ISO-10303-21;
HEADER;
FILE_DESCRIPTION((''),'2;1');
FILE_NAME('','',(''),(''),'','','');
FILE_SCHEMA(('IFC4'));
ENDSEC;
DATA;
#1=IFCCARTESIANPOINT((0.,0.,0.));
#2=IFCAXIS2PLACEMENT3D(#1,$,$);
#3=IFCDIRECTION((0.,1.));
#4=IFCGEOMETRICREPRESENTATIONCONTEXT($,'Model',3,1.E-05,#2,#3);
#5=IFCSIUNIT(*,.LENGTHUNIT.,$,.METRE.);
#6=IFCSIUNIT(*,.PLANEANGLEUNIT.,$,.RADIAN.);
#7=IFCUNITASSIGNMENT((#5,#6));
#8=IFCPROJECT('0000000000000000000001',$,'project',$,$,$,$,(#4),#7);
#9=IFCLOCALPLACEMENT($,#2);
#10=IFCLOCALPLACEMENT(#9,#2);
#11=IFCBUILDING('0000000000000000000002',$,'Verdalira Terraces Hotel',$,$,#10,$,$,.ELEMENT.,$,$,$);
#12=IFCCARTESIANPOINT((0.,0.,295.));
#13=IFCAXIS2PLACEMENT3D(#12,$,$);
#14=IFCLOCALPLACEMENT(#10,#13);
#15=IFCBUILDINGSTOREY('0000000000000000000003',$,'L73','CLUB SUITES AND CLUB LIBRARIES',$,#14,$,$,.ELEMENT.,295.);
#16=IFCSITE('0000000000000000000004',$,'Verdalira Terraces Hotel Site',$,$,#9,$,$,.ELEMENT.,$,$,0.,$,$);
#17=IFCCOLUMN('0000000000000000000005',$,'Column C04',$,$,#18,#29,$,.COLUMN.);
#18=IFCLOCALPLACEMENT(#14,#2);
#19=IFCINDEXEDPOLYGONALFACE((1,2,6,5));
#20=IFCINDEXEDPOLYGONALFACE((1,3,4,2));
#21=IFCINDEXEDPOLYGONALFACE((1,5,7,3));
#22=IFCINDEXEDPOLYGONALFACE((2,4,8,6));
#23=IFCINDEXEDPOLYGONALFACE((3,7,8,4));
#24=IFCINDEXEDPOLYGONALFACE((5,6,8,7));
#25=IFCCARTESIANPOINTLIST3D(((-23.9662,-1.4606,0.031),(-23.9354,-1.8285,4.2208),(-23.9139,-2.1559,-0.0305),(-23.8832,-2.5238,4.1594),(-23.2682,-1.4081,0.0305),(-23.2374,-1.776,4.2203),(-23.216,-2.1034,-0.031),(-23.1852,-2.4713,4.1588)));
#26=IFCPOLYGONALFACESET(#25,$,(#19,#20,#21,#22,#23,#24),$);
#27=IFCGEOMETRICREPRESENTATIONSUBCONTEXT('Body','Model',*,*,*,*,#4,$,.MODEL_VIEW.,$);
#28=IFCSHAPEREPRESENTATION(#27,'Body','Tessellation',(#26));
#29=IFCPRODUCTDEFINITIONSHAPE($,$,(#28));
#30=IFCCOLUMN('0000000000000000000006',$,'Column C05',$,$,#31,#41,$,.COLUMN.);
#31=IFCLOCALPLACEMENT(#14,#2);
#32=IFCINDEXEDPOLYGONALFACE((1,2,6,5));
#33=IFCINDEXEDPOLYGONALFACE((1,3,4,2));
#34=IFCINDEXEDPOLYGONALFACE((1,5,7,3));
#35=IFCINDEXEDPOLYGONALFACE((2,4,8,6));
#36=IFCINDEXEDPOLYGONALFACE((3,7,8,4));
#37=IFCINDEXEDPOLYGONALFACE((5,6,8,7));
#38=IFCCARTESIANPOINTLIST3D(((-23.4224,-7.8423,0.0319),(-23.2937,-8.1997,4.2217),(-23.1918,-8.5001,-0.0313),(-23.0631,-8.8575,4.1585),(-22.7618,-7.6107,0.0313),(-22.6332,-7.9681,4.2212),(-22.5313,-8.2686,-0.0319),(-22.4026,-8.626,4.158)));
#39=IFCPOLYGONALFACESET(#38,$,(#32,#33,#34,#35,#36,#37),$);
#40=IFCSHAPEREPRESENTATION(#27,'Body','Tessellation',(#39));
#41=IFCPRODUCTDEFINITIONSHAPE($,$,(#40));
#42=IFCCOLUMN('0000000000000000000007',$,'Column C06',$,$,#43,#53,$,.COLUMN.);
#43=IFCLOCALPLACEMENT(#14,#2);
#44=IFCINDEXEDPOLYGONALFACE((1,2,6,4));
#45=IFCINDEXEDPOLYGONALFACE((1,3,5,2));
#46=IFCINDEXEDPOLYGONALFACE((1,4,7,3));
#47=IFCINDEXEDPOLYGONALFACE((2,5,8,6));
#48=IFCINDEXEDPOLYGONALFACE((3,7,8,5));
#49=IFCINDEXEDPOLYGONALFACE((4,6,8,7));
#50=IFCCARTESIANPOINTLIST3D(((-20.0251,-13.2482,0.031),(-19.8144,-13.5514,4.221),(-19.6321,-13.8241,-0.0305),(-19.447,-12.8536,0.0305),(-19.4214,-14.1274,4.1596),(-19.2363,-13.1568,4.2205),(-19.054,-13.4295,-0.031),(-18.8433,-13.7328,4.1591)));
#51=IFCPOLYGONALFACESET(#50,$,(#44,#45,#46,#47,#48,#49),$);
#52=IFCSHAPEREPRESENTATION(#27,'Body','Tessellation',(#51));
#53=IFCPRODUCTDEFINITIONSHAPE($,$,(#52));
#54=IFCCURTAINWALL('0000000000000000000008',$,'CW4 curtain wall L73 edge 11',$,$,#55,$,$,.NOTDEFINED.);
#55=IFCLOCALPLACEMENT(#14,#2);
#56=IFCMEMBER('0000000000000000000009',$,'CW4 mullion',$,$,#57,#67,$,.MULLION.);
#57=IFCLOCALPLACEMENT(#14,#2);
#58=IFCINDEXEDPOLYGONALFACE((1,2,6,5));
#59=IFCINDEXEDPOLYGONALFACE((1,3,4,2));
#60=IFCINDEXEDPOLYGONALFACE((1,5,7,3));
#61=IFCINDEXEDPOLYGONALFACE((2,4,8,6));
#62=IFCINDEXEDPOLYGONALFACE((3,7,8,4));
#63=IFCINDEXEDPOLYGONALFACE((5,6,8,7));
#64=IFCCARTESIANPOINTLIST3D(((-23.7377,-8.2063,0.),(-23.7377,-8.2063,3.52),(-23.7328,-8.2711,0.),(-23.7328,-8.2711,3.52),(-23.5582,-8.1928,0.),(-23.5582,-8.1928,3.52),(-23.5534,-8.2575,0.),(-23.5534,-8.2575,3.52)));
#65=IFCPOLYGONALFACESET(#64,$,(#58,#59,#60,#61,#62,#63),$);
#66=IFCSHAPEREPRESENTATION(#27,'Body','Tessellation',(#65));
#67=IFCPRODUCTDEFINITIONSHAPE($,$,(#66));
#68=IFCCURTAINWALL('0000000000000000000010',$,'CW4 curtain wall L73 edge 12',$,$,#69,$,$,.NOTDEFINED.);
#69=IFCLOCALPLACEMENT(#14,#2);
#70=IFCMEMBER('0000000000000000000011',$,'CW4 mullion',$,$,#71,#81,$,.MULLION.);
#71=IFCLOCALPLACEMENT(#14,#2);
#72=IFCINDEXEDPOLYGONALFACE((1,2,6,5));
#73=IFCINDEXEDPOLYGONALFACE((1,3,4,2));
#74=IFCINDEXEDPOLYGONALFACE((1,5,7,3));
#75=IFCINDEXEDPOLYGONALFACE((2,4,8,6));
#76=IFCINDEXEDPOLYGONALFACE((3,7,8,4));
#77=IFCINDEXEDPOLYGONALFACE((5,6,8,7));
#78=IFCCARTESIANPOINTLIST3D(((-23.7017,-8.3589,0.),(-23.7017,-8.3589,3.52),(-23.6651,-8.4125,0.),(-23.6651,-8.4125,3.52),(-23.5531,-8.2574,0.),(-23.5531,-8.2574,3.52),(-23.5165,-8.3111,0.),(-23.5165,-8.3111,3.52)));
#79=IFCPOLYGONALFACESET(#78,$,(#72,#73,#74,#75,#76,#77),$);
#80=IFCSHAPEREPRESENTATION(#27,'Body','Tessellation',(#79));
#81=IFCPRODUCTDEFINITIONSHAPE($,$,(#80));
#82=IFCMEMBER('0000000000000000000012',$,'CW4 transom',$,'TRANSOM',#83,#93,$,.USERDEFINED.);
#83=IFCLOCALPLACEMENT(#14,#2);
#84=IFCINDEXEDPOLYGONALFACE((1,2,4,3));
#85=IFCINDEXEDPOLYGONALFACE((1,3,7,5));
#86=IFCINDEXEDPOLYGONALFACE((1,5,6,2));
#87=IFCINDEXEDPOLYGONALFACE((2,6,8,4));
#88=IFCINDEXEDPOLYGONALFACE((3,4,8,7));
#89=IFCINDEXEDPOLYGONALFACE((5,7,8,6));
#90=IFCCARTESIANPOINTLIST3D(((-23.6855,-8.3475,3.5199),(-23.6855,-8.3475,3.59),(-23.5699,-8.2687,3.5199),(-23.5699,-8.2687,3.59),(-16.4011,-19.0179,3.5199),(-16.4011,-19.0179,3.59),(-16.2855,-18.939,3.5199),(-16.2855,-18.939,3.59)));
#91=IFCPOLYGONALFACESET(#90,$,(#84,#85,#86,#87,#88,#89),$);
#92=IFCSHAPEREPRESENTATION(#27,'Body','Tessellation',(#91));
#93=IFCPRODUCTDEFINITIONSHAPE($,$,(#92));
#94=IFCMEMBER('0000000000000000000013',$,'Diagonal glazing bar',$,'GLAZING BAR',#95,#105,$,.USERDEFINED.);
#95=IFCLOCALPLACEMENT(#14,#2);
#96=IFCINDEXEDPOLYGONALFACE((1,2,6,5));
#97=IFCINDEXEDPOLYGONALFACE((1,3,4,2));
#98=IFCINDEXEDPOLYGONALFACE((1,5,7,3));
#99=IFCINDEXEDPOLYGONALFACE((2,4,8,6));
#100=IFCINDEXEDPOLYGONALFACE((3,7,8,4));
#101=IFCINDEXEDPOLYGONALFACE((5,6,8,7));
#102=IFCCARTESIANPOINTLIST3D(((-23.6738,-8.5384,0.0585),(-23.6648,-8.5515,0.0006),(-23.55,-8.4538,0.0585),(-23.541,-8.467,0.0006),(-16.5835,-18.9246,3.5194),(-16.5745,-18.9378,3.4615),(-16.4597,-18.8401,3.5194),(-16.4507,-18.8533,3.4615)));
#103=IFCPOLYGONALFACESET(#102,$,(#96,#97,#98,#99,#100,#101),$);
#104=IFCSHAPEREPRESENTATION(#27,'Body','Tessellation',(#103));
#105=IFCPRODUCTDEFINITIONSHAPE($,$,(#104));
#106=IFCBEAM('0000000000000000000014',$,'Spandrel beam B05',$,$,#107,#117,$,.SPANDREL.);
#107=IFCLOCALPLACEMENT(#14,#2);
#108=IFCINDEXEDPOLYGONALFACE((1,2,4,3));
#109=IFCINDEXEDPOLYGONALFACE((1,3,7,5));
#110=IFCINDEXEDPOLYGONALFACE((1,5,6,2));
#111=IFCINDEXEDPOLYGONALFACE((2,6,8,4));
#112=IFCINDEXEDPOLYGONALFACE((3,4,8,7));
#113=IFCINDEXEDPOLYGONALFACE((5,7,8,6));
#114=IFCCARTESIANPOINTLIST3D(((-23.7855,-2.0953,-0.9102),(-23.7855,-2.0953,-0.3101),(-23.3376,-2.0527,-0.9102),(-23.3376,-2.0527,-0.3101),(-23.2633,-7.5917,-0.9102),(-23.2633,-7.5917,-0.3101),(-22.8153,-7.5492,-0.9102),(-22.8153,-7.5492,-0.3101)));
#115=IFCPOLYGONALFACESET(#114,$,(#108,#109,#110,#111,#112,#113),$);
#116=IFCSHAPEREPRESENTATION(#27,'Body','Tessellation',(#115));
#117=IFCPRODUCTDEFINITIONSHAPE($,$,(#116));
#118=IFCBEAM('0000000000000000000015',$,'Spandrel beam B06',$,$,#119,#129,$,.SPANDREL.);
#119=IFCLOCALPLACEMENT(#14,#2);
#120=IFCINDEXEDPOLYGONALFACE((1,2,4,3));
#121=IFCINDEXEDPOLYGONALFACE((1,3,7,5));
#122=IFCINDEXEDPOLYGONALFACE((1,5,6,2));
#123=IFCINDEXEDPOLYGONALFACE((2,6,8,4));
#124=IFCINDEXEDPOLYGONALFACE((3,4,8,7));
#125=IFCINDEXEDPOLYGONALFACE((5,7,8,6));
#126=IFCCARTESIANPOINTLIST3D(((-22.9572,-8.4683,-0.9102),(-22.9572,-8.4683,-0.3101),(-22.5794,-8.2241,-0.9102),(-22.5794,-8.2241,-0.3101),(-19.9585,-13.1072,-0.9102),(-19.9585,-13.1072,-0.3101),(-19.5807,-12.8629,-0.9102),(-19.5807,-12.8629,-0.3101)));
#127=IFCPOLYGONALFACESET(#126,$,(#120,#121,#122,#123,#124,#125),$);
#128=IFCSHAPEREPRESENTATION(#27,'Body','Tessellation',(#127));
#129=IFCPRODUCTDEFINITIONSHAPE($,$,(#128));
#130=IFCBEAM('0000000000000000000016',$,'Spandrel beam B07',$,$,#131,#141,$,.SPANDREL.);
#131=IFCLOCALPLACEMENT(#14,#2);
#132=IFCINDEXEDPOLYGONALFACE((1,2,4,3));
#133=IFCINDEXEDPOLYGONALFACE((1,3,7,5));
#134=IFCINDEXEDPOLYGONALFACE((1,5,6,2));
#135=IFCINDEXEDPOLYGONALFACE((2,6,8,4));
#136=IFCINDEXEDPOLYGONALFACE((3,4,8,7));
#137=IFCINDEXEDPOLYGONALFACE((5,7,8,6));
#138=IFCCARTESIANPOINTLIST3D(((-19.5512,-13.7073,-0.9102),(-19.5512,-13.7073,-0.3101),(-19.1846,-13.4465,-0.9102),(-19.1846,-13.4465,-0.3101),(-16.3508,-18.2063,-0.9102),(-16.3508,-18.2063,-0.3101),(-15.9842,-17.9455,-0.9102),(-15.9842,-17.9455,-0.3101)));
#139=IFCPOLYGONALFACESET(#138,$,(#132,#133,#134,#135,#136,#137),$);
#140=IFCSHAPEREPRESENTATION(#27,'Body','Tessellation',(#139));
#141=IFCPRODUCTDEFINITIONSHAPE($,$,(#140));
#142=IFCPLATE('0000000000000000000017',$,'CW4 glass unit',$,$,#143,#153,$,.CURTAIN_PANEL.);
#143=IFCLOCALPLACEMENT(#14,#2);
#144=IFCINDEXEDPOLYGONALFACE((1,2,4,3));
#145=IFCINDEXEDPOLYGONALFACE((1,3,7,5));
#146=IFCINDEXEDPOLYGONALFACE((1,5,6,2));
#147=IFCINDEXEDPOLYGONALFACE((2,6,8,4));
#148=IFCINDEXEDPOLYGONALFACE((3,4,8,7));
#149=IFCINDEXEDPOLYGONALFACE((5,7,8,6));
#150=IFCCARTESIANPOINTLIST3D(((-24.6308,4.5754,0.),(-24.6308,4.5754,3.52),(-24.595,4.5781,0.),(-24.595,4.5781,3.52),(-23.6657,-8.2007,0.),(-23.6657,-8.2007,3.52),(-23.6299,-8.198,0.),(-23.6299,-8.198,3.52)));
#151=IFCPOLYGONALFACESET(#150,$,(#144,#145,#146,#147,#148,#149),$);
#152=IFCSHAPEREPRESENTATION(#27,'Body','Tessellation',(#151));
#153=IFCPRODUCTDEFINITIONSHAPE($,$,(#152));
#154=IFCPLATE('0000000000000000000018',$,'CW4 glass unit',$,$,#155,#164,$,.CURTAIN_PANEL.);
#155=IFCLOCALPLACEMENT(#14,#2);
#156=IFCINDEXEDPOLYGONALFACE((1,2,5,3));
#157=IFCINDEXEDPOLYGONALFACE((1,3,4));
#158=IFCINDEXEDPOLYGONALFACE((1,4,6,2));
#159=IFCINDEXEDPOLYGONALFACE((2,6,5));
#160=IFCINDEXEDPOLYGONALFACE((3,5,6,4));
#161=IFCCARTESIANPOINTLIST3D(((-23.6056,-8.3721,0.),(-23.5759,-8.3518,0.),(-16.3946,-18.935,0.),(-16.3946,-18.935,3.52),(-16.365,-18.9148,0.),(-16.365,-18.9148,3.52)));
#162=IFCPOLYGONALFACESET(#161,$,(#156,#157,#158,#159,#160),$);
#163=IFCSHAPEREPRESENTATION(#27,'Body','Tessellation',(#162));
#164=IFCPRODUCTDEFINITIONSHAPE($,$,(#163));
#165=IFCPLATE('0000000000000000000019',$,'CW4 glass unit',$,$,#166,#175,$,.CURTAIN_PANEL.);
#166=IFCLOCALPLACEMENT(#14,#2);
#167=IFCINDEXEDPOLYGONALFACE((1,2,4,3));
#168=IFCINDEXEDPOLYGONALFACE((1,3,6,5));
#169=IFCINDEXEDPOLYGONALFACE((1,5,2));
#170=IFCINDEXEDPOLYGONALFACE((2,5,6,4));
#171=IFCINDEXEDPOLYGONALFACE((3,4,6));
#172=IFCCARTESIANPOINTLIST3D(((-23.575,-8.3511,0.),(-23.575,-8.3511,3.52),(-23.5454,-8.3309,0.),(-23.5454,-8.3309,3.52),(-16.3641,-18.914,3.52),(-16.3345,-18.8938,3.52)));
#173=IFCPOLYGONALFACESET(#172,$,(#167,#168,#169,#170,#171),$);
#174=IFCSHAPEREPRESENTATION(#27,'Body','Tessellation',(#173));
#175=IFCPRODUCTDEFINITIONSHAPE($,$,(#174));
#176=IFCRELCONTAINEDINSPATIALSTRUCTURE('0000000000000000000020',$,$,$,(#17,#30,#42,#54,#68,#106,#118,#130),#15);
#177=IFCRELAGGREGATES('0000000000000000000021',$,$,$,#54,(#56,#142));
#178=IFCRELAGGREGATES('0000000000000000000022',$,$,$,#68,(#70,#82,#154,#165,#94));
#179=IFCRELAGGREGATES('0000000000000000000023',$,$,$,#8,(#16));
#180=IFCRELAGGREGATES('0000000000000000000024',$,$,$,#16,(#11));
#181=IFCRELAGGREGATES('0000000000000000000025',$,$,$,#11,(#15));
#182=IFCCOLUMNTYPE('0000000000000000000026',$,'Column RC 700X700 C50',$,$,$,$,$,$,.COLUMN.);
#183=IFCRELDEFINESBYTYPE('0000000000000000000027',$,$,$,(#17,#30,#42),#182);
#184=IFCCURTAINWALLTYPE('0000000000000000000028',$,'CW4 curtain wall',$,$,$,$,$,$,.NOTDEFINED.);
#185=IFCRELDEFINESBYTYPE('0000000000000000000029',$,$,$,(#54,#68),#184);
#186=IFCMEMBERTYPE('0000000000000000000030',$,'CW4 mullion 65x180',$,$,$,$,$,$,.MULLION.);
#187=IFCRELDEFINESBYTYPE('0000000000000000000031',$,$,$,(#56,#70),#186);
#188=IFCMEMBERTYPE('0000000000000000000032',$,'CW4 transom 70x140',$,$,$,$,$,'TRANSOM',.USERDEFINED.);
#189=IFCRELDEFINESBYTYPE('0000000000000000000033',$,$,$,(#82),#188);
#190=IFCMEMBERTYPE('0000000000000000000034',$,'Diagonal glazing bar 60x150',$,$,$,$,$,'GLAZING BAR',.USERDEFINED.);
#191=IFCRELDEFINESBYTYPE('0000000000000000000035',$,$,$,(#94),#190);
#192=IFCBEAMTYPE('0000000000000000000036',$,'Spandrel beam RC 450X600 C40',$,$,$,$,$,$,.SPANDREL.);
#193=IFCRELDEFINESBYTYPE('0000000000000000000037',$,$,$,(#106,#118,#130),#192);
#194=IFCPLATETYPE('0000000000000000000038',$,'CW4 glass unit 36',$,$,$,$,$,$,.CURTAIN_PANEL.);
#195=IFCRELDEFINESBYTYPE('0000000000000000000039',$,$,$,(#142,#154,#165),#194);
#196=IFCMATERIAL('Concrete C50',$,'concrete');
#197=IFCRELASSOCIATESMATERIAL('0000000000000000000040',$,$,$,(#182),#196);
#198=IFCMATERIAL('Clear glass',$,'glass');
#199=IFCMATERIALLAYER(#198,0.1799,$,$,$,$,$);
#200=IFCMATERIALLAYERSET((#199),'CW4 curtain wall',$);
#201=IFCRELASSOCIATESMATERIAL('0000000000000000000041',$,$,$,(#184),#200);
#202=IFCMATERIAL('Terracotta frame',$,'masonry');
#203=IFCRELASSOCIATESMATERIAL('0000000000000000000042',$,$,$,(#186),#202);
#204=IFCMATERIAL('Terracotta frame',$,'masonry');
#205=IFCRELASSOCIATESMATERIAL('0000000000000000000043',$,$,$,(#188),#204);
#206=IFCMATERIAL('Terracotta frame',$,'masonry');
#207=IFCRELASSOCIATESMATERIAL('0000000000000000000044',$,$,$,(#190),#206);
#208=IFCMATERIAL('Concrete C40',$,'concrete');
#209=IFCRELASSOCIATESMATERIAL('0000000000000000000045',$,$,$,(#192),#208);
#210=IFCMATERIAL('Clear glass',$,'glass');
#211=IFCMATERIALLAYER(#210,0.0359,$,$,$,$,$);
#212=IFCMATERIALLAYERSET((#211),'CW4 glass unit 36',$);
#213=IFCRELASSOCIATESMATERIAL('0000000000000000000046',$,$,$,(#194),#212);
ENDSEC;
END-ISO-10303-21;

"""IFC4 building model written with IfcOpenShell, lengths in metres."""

from ifc_helpers import new_model, si_unit, direction, frame, origin, origin_2d, place, context, subcontext, project, spatial, polyline, rectangle, outline, extrude, material, layer, layer_set, material_profile, profile_set, type_object, element, aggregate, save


model = new_model("IFC4")

# Units and contexts
model_context = context("Model", 3, precision=1e-05, world=origin(), true_north=direction((0.0, 1.0)))
body_context = subcontext(model_context, "Body", "Model", "MODEL_VIEW")
ifc_project = project(units=[si_unit("LENGTHUNIT", "METRE"), si_unit("PLANEANGLEUNIT", "RADIAN")], contexts=[model_context])

# Site, building, storey
site_placement = place(None, origin())
site = spatial("IfcSite", under=ifc_project, at=site_placement, Name="Verdalira Terraces Hotel Site", CompositionType="ELEMENT", RefElevation=0.0)
building_placement = place(site_placement, origin())
building = spatial("IfcBuilding", under=site, at=building_placement, Name="Verdalira Terraces Hotel", CompositionType="ELEMENT")
storey_placement = place(building_placement, frame((0.0, 0.0, 295.0)))
storey = spatial("IfcBuildingStorey", under=building, at=storey_placement, Name="L73", Description="CLUB SUITES AND CLUB LIBRARIES", CompositionType="ELEMENT", Elevation=295.0)

# Columns
ifc_material_1 = material(Name="Concrete C50", Category="concrete")
ifc_material_profile_1 = material_profile(ifc_material_1, rectangle(XDim=0.7, YDim=0.7, at=origin_2d()), Name="RC 700X700")
ifc_profile_set_1 = profile_set([ifc_material_profile_1], Name="Concrete C50")
column_type = type_object("IfcColumnType", Name="Column RC 700X700 C50", PredefinedType="COLUMN", material=ifc_profile_set_1)
column_1_placement = place(storey_placement, frame((-23.5911, -1.782, 0.0), z_axis=(0.007313, -0.087471, 0.99614), x_axis=(0.074613, -0.993342, -0.087773)))
element("IfcColumn", 1, at=column_1_placement, inside=storey, type_object=column_type, Name="Column C04", PredefinedType="COLUMN", context=body_context, shape_type="SweptSolid", body=[
    extrude(rectangle(XDim=0.7, YDim=0.7, at=origin_2d()), origin(), (0.0, 0.0, 1.0), 4.2061),
])
column_2_placement = place(storey_placement, frame((-22.9768, -8.0554, 0.0), z_axis=(0.030582, -0.084956, 0.995915), x_axis=(-0.329386, 0.939868, 0.09029)))
element("IfcColumn", 2, at=column_2_placement, inside=storey, type_object=column_type, Name="Column C05", PredefinedType="COLUMN", context=body_context, shape_type="SweptSolid", body=[
    extrude(rectangle(XDim=0.7, YDim=0.7, at=origin_2d()), origin(), (0.0, 0.0, 1.0), 4.207),
])
column_3_placement = place(storey_placement, frame((-19.5396, -13.3389, 0.0), z_axis=(0.050091, -0.07209, 0.99614), x_axis=(0.561489, -0.822815, -0.087781)))
element("IfcColumn", 3, at=column_3_placement, inside=storey, type_object=column_type, Name="Column C06", PredefinedType="COLUMN", context=body_context, shape_type="SweptSolid", body=[
    extrude(rectangle(XDim=0.7, YDim=0.7, at=origin_2d()), origin(), (0.0, 0.0, 1.0), 4.2063),
])

# Curtain wall, member
ifc_material_2 = material(Name="Clear glass", Category="glass")
ifc_layer_1 = layer(ifc_material_2, 0.1799)
ifc_layer_set_1 = layer_set([ifc_layer_1], Name="CW4 curtain wall")
curtain_wall_type = type_object("IfcCurtainWallType", Name="CW4 curtain wall", PredefinedType="NOTDEFINED", material=ifc_layer_set_1)
curtain_wall_1_placement = place(storey_placement, origin())
curtain_wall_1 = element("IfcCurtainWall", 4, at=curtain_wall_1_placement, inside=storey, type_object=curtain_wall_type, Name="CW4 curtain wall L73 edge 11", PredefinedType="NOTDEFINED")
ifc_material_3 = material(Name="Terracotta frame", Category="masonry")
ifc_material_profile_2 = material_profile(ifc_material_3, rectangle(XDim=0.0649, YDim=0.1799, at=origin_2d()), Name="MU 65x180")
ifc_profile_set_2 = profile_set([ifc_material_profile_2], Name="Terracotta frame")
member_type_1 = type_object("IfcMemberType", Name="CW4 mullion 65x180", PredefinedType="MULLION", material=ifc_profile_set_2)
member_1_placement = place(storey_placement, frame((-23.6455, -8.2319, 0.0), z_axis=(0.0, 0.0, 1.0), x_axis=(0.075327, -0.997159, 0.0)))
member_1 = element("IfcMember", 5, at=member_1_placement, type_object=member_type_1, Name="CW4 mullion", PredefinedType="MULLION", context=body_context, shape_type="SweptSolid", body=[
    extrude(rectangle(XDim=0.0649, YDim=0.1799, at=origin_2d()), origin(), (0.0, 0.0, 1.0), 3.52),
])

# Curtain wall, members
curtain_wall_2_placement = place(storey_placement, origin())
curtain_wall_2 = element("IfcCurtainWall", 6, at=curtain_wall_2_placement, inside=storey, type_object=curtain_wall_type, Name="CW4 curtain wall L73 edge 12", PredefinedType="NOTDEFINED")
member_2_placement = place(storey_placement, frame((-23.6091, -8.335, 0.0), z_axis=(0.0, 0.0, 1.0), x_axis=(0.563814, -0.825902, 0.0)))
member_2 = element("IfcMember", 7, at=member_2_placement, type_object=member_type_1, Name="CW4 mullion", PredefinedType="MULLION", context=body_context, shape_type="SweptSolid", body=[
    extrude(rectangle(XDim=0.0649, YDim=0.1799, at=origin_2d()), origin(), (0.0, 0.0, 1.0), 3.52),
])
ifc_material_4 = material(Name="Terracotta frame", Category="masonry")
ifc_material_profile_3 = material_profile(ifc_material_4, rectangle(XDim=0.1399, YDim=0.0701, at=origin_2d()), Name="TR 70x140")
ifc_profile_set_3 = profile_set([ifc_material_profile_3], Name="Terracotta frame")
member_type_2 = type_object("IfcMemberType", Name="CW4 transom 70x140", ElementType="TRANSOM", PredefinedType="USERDEFINED", material=ifc_profile_set_3)
member_3_placement = place(storey_placement, frame((-23.6277, -8.3081, 3.5549), z_axis=(0.56382, -0.825898, 0.0), x_axis=(0.825898, 0.56382, 0.0)))
member_3 = element("IfcMember", 8, at=member_3_placement, type_object=member_type_2, Name="CW4 transom", ObjectType="TRANSOM", PredefinedType="USERDEFINED", context=body_context, shape_type="SweptSolid", body=[
    extrude(rectangle(XDim=0.1399, YDim=0.0701, at=origin_2d()), origin(), (0.0, 0.0, 1.0), 12.9197),
])
ifc_material_5 = material(Name="Terracotta frame", Category="masonry")
ifc_material_profile_4 = material_profile(ifc_material_5, rectangle(XDim=0.1499, YDim=0.0601, at=origin_2d()), Name="GB 60x150")
ifc_profile_set_4 = profile_set([ifc_material_profile_4], Name="Terracotta frame")
member_type_3 = type_object("IfcMemberType", Name="Diagonal glazing bar 60x150", ElementType="GLAZING BAR", PredefinedType="USERDEFINED", material=ifc_profile_set_4)
member_4_placement = place(storey_placement, frame((-23.6074, -8.5027, 0.0295), z_axis=(0.543604, -0.796296, 0.265345), x_axis=(0.825901, 0.563815, 0.0)))
member_4 = element("IfcMember", 9, at=member_4_placement, type_object=member_type_3, Name="Diagonal glazing bar", ObjectType="GLAZING BAR", PredefinedType="USERDEFINED", context=body_context, shape_type="SweptSolid", body=[
    extrude(rectangle(XDim=0.1499, YDim=0.0601, at=origin_2d()), origin(), (0.0, 0.0, 1.0), 13.0432),
])

# Beams
ifc_material_6 = material(Name="Concrete C40", Category="concrete")
ifc_material_profile_5 = material_profile(ifc_material_6, rectangle(XDim=0.45, YDim=0.6001, at=origin_2d()), Name="RC 450X600")
ifc_profile_set_5 = profile_set([ifc_material_profile_5], Name="Concrete C40")
beam_type = type_object("IfcBeamType", Name="Spandrel beam RC 450X600 C40", PredefinedType="SPANDREL", material=ifc_profile_set_5)
beam_1_placement = place(storey_placement, frame((-23.5615, -2.074, -0.6101), z_axis=(0.094582, -0.995517, 0.0), x_axis=(0.995517, 0.094582, 0.0)))
element("IfcBeam", 10, at=beam_1_placement, inside=storey, type_object=beam_type, Name="Spandrel beam B05", PredefinedType="SPANDREL", context=body_context, shape_type="SweptSolid", body=[
    extrude(rectangle(XDim=0.45, YDim=0.6001, at=origin_2d()), origin(), (0.0, 0.0, 1.0), 5.5212),
])
beam_2_placement = place(storey_placement, frame((-22.7683, -8.3462, -0.6101), z_axis=(0.542885, -0.839807, 0.0), x_axis=(0.839807, 0.542885, 0.0)))
element("IfcBeam", 11, at=beam_2_placement, inside=storey, type_object=beam_type, Name="Spandrel beam B06", PredefinedType="SPANDREL", context=body_context, shape_type="SweptSolid", body=[
    extrude(rectangle(XDim=0.45, YDim=0.6001, at=origin_2d()), origin(), (0.0, 0.0, 1.0), 5.5237),
])
beam_3_placement = place(storey_placement, frame((-19.3679, -13.5769, -0.6101), z_axis=(0.57966, -0.814858, 0.0), x_axis=(0.814858, 0.57966, 0.0)))
element("IfcBeam", 12, at=beam_3_placement, inside=storey, type_object=beam_type, Name="Spandrel beam B07", PredefinedType="SPANDREL", context=body_context, shape_type="SweptSolid", body=[
    extrude(rectangle(XDim=0.45, YDim=0.6001, at=origin_2d()), origin(), (0.0, 0.0, 1.0), 5.5212),
])

# Plates
ifc_material_7 = material(Name="Clear glass", Category="glass")
ifc_layer_2 = layer(ifc_material_7, 0.0359)
ifc_layer_set_2 = layer_set([ifc_layer_2], Name="CW4 glass unit 36")
plate_type = type_object("IfcPlateType", Name="CW4 glass unit 36", PredefinedType="CURTAIN_PANEL", material=ifc_layer_set_2)
plate_1_placement = place(storey_placement, frame((-24.1304, -1.8113, 0.0), z_axis=(0.0, 0.0, 1.0), x_axis=(0.075327, -0.997159, 0.0)))
plate_1 = element("IfcPlate", 13, at=plate_1_placement, type_object=plate_type, Name="CW4 glass unit", PredefinedType="CURTAIN_PANEL", context=body_context, shape_type="SweptSolid", body=[
    extrude(rectangle(XDim=12.8125, YDim=0.0359, at=origin_2d()), origin(), (0.0, 0.0, 1.0), 3.52),
])
aggregate(curtain_wall_1, [member_1, plate_1])
plate_2_placement = place(storey_placement, frame((-19.9705, -13.6333, 1.76), z_axis=(-0.825902, -0.563814, 0.0), x_axis=(0.563814, -0.825902, 0.0)))
plate_2 = element("IfcPlate", 14, at=plate_2_placement, type_object=plate_type, Name="CW4 glass unit", PredefinedType="CURTAIN_PANEL", context=body_context, shape_type="SweptSolid", body=[
    extrude(outline(polyline([(-6.3948, -1.76), (6.3948, -1.76), (6.3948, 1.76), (-6.3948, -1.76)])), origin(), (0.0, 0.0, 1.0), 0.0359),
])
plate_3_placement = place(storey_placement, frame((-19.9399, -13.6123, 1.76), z_axis=(-0.825902, -0.563814, 0.0), x_axis=(0.563814, -0.825902, 0.0)))
plate_3 = element("IfcPlate", 15, at=plate_3_placement, type_object=plate_type, Name="CW4 glass unit", PredefinedType="CURTAIN_PANEL", context=body_context, shape_type="SweptSolid", body=[
    extrude(outline(polyline([(-6.3948, -1.76), (6.3948, 1.76), (-6.3948, 1.76), (-6.3948, -1.76)])), origin(), (0.0, 0.0, 1.0), 0.0359),
])
aggregate(curtain_wall_2, [member_2, member_3, plate_2, plate_3, member_4])

save(model, "model.ifc")
